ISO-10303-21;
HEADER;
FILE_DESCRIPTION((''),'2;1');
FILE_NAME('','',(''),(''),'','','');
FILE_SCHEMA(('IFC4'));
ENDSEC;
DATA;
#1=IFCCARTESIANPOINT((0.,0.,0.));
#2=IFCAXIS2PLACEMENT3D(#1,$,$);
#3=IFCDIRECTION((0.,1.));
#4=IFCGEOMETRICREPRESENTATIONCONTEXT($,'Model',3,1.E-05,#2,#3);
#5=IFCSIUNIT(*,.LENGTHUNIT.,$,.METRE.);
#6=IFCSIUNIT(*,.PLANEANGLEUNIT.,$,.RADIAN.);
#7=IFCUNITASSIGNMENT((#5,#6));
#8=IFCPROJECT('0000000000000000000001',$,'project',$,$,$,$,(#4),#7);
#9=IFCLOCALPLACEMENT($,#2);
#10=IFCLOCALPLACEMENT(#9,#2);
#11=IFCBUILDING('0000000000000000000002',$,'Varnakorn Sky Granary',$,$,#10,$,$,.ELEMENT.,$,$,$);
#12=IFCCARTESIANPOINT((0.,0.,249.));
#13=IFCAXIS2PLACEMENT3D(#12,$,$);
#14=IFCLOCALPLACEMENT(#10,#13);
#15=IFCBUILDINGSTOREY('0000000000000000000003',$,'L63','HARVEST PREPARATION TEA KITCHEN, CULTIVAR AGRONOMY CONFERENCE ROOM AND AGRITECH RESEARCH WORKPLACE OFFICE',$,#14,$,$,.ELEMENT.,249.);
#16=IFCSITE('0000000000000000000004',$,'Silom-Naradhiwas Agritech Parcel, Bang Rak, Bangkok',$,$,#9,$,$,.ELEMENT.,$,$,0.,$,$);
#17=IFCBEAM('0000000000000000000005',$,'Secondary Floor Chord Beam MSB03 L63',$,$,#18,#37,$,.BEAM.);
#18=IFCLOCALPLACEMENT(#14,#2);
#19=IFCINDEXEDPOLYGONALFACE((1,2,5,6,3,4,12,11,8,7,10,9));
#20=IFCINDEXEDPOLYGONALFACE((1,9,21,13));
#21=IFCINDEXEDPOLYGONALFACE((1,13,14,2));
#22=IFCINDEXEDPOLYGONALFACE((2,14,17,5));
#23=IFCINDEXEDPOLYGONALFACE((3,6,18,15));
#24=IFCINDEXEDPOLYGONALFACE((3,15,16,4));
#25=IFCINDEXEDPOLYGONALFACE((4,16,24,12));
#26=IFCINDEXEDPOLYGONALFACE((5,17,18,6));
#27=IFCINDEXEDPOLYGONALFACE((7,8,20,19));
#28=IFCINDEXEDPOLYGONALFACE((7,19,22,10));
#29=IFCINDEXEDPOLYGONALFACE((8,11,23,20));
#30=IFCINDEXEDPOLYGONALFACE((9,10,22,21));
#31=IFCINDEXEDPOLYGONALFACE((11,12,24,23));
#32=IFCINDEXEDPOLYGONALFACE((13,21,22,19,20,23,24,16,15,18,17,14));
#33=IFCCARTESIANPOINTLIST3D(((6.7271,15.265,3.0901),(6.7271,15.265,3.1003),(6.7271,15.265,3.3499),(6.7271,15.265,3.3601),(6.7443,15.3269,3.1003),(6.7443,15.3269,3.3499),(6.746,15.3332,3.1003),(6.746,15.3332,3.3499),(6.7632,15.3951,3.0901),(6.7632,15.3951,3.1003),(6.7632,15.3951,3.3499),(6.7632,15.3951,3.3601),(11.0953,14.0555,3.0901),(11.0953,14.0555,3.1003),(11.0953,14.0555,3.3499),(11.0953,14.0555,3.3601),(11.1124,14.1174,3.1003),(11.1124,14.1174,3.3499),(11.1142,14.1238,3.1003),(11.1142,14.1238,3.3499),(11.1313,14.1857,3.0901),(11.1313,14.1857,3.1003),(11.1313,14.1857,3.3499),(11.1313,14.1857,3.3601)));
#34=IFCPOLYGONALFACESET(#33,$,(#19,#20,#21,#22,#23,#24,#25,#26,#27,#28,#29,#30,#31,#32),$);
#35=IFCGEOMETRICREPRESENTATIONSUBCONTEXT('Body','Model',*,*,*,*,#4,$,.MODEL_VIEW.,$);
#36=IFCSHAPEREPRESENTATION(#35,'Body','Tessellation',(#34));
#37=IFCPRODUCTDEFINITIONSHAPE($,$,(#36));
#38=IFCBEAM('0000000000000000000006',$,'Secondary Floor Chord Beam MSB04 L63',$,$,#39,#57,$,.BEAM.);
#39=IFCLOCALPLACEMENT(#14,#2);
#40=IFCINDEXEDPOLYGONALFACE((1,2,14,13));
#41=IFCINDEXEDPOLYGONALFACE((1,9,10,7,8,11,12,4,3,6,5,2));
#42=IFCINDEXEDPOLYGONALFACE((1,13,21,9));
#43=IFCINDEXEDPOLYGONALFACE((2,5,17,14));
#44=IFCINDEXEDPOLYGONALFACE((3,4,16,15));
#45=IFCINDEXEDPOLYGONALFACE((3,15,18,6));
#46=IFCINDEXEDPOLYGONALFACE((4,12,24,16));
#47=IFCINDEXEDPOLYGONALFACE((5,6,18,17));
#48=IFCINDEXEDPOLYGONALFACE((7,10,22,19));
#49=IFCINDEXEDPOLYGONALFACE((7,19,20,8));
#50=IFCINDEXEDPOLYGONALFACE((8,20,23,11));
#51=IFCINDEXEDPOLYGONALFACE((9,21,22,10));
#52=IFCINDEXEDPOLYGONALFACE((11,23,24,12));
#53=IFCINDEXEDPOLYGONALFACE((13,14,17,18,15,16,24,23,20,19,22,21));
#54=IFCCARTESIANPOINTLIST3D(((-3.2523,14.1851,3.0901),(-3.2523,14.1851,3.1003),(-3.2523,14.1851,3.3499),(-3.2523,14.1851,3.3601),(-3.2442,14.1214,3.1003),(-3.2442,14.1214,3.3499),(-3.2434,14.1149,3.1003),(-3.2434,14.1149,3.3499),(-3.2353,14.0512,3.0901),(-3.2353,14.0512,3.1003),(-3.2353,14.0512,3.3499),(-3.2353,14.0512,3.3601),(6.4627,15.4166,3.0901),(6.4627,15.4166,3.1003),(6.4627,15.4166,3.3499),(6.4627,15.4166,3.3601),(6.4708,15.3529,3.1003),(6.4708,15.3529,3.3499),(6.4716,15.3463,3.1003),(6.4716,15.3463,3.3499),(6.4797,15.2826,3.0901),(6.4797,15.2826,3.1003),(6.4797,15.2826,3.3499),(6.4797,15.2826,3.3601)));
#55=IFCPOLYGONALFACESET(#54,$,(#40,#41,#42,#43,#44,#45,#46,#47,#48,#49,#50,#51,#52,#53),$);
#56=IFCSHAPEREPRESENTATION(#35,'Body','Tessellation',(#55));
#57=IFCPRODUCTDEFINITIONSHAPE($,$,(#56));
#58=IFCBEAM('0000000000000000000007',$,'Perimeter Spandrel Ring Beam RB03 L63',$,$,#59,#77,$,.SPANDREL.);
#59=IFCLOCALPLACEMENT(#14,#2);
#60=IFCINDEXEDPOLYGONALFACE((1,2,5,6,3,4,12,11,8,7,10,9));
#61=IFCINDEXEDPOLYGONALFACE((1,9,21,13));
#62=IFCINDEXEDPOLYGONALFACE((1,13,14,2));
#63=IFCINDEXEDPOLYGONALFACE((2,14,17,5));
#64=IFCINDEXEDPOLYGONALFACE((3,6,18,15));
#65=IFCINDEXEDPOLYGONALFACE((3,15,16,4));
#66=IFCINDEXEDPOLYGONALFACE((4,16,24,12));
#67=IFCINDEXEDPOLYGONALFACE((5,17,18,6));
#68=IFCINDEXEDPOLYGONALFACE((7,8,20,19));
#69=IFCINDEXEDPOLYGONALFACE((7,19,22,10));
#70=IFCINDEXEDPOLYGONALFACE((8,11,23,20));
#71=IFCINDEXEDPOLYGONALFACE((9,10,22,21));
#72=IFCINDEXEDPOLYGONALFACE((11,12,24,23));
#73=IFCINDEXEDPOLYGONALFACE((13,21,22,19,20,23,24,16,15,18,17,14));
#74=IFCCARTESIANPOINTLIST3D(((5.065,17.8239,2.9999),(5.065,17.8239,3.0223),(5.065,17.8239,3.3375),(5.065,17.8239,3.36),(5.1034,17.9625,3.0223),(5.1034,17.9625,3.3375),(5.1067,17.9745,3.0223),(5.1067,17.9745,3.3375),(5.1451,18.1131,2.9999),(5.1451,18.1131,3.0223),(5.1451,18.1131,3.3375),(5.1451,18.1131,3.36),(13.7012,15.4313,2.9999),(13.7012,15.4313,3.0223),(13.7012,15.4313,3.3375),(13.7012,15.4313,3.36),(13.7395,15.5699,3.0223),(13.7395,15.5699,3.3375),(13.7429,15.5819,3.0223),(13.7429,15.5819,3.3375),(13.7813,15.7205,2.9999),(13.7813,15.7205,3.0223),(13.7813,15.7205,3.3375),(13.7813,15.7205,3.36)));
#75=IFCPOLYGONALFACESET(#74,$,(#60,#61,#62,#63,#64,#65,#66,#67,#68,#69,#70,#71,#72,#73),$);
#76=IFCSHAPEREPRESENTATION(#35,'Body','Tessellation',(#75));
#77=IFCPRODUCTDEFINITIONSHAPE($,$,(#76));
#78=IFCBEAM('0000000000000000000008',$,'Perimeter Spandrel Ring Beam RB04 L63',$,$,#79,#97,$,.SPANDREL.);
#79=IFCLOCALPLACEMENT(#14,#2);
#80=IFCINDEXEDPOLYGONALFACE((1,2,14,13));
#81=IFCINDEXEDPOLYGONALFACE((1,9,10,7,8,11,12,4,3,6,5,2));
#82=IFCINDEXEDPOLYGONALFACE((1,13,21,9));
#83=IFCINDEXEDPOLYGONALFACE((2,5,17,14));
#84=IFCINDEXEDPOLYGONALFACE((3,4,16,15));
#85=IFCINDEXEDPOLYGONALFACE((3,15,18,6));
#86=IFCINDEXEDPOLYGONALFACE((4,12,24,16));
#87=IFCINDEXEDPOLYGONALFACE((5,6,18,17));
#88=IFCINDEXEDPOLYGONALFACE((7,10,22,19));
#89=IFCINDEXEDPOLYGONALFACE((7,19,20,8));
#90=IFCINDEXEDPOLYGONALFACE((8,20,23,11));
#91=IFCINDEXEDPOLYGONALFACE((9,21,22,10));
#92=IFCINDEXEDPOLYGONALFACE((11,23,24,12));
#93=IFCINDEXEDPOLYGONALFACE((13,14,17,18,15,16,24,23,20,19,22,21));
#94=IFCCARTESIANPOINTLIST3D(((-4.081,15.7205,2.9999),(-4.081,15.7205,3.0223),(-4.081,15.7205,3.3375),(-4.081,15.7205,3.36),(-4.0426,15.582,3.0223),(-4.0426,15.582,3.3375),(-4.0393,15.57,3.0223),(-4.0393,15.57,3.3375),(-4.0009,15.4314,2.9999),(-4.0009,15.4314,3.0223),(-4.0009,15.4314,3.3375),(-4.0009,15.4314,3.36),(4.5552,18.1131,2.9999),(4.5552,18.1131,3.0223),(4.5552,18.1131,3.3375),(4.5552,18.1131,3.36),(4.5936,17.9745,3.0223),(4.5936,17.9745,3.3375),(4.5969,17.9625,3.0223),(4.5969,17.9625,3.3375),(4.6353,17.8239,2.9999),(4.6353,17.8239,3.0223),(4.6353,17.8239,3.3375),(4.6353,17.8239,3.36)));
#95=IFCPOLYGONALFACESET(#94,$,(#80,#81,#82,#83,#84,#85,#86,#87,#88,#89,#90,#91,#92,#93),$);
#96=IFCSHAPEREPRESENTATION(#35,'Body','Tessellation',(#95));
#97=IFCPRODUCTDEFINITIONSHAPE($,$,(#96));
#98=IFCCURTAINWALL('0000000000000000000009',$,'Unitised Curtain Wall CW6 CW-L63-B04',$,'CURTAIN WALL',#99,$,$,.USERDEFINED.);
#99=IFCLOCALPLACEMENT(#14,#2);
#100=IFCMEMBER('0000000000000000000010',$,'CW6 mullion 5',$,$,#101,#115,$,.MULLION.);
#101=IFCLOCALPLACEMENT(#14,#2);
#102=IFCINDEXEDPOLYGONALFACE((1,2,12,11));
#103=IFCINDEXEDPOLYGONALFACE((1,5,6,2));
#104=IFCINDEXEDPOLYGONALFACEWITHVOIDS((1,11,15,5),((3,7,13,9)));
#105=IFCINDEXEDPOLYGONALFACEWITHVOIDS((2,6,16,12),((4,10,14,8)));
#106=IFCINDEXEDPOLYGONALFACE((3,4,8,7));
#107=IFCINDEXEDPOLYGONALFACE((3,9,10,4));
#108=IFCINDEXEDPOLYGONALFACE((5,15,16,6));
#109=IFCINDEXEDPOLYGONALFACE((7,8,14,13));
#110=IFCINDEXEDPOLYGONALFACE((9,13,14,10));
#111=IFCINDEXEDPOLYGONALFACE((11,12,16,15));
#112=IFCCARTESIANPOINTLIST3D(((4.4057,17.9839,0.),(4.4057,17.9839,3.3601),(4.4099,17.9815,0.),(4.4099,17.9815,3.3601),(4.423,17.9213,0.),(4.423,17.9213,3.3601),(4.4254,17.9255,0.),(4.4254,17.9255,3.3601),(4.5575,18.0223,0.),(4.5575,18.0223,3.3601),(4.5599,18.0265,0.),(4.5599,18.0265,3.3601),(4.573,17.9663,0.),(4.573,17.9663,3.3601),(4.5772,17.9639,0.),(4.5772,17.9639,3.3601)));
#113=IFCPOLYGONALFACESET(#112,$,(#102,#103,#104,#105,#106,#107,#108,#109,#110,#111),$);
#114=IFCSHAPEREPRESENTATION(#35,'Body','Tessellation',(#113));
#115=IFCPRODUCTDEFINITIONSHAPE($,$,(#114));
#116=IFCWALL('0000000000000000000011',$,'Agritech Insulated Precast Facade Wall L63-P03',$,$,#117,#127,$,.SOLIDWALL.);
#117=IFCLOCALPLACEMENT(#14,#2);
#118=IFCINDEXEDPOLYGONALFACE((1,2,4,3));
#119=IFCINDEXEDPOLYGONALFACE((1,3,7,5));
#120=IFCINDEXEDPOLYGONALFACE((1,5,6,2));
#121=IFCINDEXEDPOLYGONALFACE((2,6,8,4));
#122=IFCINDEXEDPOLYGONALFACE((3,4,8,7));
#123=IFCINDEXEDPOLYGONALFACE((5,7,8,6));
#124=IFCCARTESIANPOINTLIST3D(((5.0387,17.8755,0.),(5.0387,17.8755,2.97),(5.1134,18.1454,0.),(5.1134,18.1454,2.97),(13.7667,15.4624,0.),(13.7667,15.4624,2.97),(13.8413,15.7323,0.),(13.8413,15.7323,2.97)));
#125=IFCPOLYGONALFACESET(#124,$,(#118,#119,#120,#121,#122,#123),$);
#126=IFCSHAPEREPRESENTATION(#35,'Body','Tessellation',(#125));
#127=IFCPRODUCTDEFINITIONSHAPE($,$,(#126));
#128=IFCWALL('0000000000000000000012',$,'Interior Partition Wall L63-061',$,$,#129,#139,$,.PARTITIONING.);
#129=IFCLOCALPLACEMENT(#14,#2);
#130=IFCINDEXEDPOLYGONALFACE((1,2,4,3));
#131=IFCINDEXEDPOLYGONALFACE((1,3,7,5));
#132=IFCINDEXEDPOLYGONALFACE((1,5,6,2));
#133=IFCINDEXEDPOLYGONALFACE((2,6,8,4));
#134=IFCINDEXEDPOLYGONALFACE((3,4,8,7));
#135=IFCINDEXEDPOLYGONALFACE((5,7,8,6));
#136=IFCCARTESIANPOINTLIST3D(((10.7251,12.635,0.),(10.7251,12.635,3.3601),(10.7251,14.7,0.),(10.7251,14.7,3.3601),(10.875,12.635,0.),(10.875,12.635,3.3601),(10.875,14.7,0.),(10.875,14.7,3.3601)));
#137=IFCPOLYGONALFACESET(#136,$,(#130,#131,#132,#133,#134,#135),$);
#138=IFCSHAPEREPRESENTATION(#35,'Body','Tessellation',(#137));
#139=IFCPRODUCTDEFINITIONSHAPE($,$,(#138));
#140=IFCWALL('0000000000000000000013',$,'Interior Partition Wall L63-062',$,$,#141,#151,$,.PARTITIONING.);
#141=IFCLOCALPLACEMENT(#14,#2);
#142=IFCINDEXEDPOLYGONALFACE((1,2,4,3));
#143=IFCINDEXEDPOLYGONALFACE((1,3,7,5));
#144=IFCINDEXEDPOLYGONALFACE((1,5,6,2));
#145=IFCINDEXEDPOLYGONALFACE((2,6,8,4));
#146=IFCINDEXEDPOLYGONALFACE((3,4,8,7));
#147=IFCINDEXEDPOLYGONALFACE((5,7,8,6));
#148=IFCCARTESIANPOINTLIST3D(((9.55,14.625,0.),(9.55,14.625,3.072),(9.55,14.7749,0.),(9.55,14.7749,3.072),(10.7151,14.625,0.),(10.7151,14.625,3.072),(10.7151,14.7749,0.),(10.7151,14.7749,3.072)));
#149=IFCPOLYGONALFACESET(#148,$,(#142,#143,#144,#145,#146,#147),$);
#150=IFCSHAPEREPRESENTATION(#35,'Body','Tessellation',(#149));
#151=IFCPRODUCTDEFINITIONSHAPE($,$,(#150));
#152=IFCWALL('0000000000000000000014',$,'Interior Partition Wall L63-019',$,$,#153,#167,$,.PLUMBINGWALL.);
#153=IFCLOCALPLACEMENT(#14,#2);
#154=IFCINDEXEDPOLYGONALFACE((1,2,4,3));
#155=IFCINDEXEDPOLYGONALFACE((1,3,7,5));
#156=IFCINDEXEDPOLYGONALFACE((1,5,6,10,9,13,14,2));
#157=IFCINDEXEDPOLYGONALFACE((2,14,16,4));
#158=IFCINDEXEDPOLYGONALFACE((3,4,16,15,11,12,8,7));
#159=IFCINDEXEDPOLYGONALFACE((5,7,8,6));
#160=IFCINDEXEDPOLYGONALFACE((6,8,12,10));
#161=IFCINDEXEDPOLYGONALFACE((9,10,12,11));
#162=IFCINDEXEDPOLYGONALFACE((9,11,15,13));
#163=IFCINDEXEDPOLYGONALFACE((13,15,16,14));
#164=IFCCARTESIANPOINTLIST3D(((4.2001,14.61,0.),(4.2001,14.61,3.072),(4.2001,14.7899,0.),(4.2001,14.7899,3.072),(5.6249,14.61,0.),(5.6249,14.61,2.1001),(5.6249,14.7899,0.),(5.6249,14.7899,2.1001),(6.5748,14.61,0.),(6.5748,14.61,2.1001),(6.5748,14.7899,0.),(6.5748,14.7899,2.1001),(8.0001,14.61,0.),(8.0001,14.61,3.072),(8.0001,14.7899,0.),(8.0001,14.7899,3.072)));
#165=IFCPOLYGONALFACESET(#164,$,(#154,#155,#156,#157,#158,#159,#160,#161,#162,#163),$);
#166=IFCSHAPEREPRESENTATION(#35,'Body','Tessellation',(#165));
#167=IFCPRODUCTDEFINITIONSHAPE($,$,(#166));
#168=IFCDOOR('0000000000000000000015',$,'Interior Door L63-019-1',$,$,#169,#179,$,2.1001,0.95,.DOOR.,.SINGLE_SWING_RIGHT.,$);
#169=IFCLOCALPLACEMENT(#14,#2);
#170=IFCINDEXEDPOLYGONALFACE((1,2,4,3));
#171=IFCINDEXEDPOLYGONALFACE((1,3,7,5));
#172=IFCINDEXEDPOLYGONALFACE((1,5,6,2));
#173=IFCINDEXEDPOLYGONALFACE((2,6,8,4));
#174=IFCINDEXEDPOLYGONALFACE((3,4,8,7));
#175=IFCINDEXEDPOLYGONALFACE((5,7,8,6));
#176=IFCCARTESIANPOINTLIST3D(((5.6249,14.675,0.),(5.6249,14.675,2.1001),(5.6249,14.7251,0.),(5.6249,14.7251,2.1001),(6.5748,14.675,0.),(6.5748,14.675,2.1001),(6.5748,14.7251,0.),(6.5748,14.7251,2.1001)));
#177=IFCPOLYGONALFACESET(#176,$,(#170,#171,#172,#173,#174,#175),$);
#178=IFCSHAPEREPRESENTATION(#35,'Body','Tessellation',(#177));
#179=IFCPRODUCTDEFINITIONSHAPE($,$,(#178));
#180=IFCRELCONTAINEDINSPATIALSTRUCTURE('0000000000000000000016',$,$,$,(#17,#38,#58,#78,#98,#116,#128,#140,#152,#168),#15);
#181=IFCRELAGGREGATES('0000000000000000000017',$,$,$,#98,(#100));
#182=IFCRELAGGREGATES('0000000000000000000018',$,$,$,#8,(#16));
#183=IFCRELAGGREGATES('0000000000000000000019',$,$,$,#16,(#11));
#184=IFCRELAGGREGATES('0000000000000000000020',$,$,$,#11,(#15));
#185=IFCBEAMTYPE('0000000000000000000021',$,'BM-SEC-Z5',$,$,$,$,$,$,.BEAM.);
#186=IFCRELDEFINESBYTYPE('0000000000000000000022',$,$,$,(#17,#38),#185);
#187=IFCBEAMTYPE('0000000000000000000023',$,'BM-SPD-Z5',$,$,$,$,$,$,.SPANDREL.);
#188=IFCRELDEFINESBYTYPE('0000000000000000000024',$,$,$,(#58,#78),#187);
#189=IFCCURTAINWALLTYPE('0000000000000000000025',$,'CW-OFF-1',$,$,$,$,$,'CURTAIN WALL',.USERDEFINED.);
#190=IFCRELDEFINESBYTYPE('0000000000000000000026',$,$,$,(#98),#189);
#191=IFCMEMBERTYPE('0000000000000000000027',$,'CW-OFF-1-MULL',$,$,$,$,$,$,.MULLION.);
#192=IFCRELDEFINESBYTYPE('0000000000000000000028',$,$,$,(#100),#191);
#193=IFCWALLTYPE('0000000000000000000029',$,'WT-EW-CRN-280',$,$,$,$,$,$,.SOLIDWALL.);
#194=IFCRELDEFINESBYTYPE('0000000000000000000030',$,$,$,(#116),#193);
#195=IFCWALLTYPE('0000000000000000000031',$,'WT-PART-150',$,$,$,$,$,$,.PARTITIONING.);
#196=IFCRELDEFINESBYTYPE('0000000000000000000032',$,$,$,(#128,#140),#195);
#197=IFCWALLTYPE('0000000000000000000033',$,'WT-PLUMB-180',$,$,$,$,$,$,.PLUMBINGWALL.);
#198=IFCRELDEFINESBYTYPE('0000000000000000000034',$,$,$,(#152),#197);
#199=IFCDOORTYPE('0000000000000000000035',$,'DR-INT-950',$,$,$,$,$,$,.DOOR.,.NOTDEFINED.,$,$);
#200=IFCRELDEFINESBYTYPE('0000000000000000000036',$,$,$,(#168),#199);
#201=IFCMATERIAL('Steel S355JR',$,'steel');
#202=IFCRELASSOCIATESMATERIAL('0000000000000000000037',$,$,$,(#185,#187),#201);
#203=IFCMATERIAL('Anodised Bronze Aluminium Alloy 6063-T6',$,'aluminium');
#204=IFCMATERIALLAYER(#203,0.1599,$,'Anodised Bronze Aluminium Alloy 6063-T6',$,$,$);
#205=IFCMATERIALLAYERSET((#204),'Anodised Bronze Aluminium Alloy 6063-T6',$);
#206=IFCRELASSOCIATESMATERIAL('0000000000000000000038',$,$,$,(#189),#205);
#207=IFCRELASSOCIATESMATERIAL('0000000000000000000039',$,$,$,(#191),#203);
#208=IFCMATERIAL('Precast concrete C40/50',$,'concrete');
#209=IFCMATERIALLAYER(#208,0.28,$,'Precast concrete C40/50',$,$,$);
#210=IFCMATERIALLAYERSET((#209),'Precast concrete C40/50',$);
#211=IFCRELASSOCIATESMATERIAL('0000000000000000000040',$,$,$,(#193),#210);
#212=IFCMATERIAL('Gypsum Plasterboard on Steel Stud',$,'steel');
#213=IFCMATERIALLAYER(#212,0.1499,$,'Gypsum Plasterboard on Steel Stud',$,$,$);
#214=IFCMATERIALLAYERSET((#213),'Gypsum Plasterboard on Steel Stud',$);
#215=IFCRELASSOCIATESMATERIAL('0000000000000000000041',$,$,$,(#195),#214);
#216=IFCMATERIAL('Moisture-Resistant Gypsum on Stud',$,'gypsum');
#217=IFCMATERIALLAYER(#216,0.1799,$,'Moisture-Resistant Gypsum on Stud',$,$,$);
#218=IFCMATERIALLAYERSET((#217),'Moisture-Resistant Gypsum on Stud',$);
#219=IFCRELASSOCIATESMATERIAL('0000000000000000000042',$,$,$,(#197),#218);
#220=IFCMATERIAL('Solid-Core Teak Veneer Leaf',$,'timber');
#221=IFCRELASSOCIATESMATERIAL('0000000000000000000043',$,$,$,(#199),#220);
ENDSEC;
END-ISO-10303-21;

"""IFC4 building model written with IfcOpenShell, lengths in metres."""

from ifc_helpers import new_model, si_unit, direction, frame, frame_2d, origin, origin_2d, place, context, subcontext, project, spatial, rectangle, hollow_rectangle, i_section, extrude, material, layer, layer_set, material_profile, profile_set, type_object, element, fill, aggregate, save


model = new_model("IFC4")

# Units and contexts
model_context = context("Model", 3, precision=1e-05, world=origin(), true_north=direction((0.0, 1.0)))
body_context = subcontext(model_context, "Body", "Model", "MODEL_VIEW")
ifc_project = project(units=[si_unit("LENGTHUNIT", "METRE"), si_unit("PLANEANGLEUNIT", "RADIAN")], contexts=[model_context])

# Site, building, storey
site_placement = place(None, origin())
site = spatial("IfcSite", under=ifc_project, at=site_placement, Name="Silom-Naradhiwas Agritech Parcel, Bang Rak, Bangkok", CompositionType="ELEMENT", RefElevation=0.0)
building_placement = place(site_placement, origin())
building = spatial("IfcBuilding", under=site, at=building_placement, Name="Varnakorn Sky Granary", CompositionType="ELEMENT")
storey_placement = place(building_placement, frame((0.0, 0.0, 249.0)))
storey = spatial("IfcBuildingStorey", under=building, at=storey_placement, Name="L63", Description="HARVEST PREPARATION TEA KITCHEN, CULTIVAR AGRONOMY CONFERENCE ROOM AND AGRITECH RESEARCH WORKPLACE OFFICE", CompositionType="ELEMENT", Elevation=249.0)

# Beams
ifc_material_1 = material(Name="Steel S355JR", Category="steel")
ifc_material_profile_1 = material_profile(ifc_material_1, i_section(OverallWidth=0.135, OverallDepth=0.27, WebThickness=0.0066, FlangeThickness=0.0103, at=origin_2d()), Name="IPE 270")
ifc_profile_set_1 = profile_set([ifc_material_profile_1], Name="Steel S355JR")
beam_type_1 = type_object("IfcBeamType", Name="BM-SEC-Z5", PredefinedType="BEAM", material=ifc_profile_set_1)
beam_1_placement = place(storey_placement, frame((11.1133, 14.1206, 3.2251), z_axis=(-0.96374, 0.266844, 0.0), x_axis=(-0.266844, -0.96374, 0.0)))
element("IfcBeam", 1, at=beam_1_placement, inside=storey, type_object=beam_type_1, Name="Secondary Floor Chord Beam MSB03 L63", PredefinedType="BEAM", context=body_context, shape_type="SweptSolid", body=[
    extrude(i_section(OverallWidth=0.135, OverallDepth=0.27, WebThickness=0.0066, FlangeThickness=0.0103, at=origin_2d()), origin(), (0.0, 0.0, 1.0), 4.5325),
])
beam_2_placement = place(storey_placement, frame((6.4712, 15.3496, 3.2251), z_axis=(-0.992062, -0.12575, 0.0), x_axis=(0.12575, -0.992062, 0.0)))
element("IfcBeam", 2, at=beam_2_placement, inside=storey, type_object=beam_type_1, Name="Secondary Floor Chord Beam MSB04 L63", PredefinedType="BEAM", context=body_context, shape_type="SweptSolid", body=[
    extrude(i_section(OverallWidth=0.135, OverallDepth=0.27, WebThickness=0.0066, FlangeThickness=0.0103, at=origin_2d()), origin(), (0.0, 0.0, 1.0), 9.7927),
])
ifc_material_profile_2 = material_profile(ifc_material_1, i_section(OverallWidth=0.3, OverallDepth=0.3601, WebThickness=0.0125, FlangeThickness=0.0225, at=origin_2d()), Name="HE 360 B")
ifc_profile_set_2 = profile_set([ifc_material_profile_2], Name="Steel S355JR")
beam_type_2 = type_object("IfcBeamType", Name="BM-SPD-Z5", PredefinedType="SPANDREL", material=ifc_profile_set_2)
for number, where, z_axis, x_axis, name in (
    (3, (13.7412, 15.5759, 3.1799), (-0.963701, 0.266983, 0.0), (-0.266983, -0.963701, 0.0), "Perimeter Spandrel Ring Beam RB03 L63"),
    (4, (4.5952, 17.9685, 3.1799), (-0.963701, -0.266983, 0.0), (0.266983, -0.963701, 0.0), "Perimeter Spandrel Ring Beam RB04 L63"),
):
    element("IfcBeam", number, at=place(storey_placement, frame(where, z_axis=z_axis, x_axis=x_axis)), inside=storey, type_object=beam_type_2, Name=name, PredefinedType="SPANDREL", context=body_context, shape_type="SweptSolid", body=[
        extrude(i_section(OverallWidth=0.3, OverallDepth=0.3601, WebThickness=0.0125, FlangeThickness=0.0225, at=origin_2d()), origin(), (0.0, 0.0, 1.0), 8.9614),
    ])

# Curtain wall, member
ifc_material_2 = material(Name="Anodised Bronze Aluminium Alloy 6063-T6", Category="aluminium")
ifc_layer_1 = layer(ifc_material_2, 0.1599, Name="Anodised Bronze Aluminium Alloy 6063-T6")
ifc_layer_set_1 = layer_set([ifc_layer_1], Name="Anodised Bronze Aluminium Alloy 6063-T6")
curtain_wall_type = type_object("IfcCurtainWallType", Name="CW-OFF-1", ElementType="CURTAIN WALL", PredefinedType="USERDEFINED", material=ifc_layer_set_1)
curtain_wall_placement = place(storey_placement, origin())
curtain_wall = element("IfcCurtainWall", 5, at=curtain_wall_placement, inside=storey, type_object=curtain_wall_type, Name="Unitised Curtain Wall CW6 CW-L63-B04", ObjectType="CURTAIN WALL", PredefinedType="USERDEFINED")
ifc_material_profile_3 = material_profile(ifc_material_2, hollow_rectangle(XDim=0.0649, YDim=0.1599, WallThickness=0.0034, at=origin_2d()), Name="ALU MULL 65x160")
ifc_profile_set_3 = profile_set([ifc_material_profile_3], Name="Anodised Bronze Aluminium Alloy 6063-T6")
member_type = type_object("IfcMemberType", Name="CW-OFF-1-MULL", PredefinedType="MULLION", material=ifc_profile_set_3)
member_placement = place(storey_placement, frame((4.4915, 17.9739, 0.0), z_axis=(0.0, 0.0, 1.0), x_axis=(-0.266487, 0.963839, 0.0)))
member = element("IfcMember", 6, at=member_placement, type_object=member_type, Name="CW6 mullion 5", PredefinedType="MULLION", context=body_context, shape_type="SweptSolid", body=[
    extrude(hollow_rectangle(XDim=0.0649, YDim=0.1599, WallThickness=0.0034, at=origin_2d()), origin(), (0.0, 0.0, 1.0), 3.3601),
])
aggregate(curtain_wall, [member])

# Walls
ifc_material_3 = material(Name="Precast concrete C40/50", Category="concrete")
ifc_layer_2 = layer(ifc_material_3, 0.28, Name="Precast concrete C40/50")
ifc_layer_set_2 = layer_set([ifc_layer_2], Name="Precast concrete C40/50")
wall_type_1 = type_object("IfcWallType", Name="WT-EW-CRN-280", PredefinedType="SOLIDWALL", material=ifc_layer_set_2)
wall_1_placement = place(storey_placement, frame((5.0759, 18.0105, 0.0), z_axis=(0.0, 0.0, 1.0), x_axis=(0.963841, -0.266478, 0.0)))
element("IfcWall", 7, at=wall_1_placement, inside=storey, type_object=wall_type_1, Name="Agritech Insulated Precast Facade Wall L63-P03", PredefinedType="SOLIDWALL", context=body_context, shape_type="SweptSolid", body=[
    extrude(rectangle(XDim=9.0554, YDim=0.28, at=frame_2d((4.5278, 0.0))), origin(), (0.0, 0.0, 1.0), 2.97),
])
ifc_material_4 = material(Name="Gypsum Plasterboard on Steel Stud", Category="steel")
ifc_layer_3 = layer(ifc_material_4, 0.1499, Name="Gypsum Plasterboard on Steel Stud")
ifc_layer_set_3 = layer_set([ifc_layer_3], Name="Gypsum Plasterboard on Steel Stud")
wall_type_2 = type_object("IfcWallType", Name="WT-PART-150", PredefinedType="PARTITIONING", material=ifc_layer_set_3)
wall_2_placement = place(storey_placement, frame((10.8, 12.635, 0.0), z_axis=(0.0, 0.0, 1.0), x_axis=(0.0, 1.0, 0.0)))
element("IfcWall", 8, at=wall_2_placement, inside=storey, type_object=wall_type_2, Name="Interior Partition Wall L63-061", PredefinedType="PARTITIONING", context=body_context, shape_type="SweptSolid", body=[
    extrude(rectangle(XDim=2.0649, YDim=0.1499, at=frame_2d((1.0325, 0.0))), origin(), (0.0, 0.0, 1.0), 3.3601),
])
wall_3_placement = place(storey_placement, frame((10.7151, 14.7, 0.0), z_axis=(0.0, 0.0, 1.0), x_axis=(-1.0, 0.0, 0.0)))
element("IfcWall", 9, at=wall_3_placement, inside=storey, type_object=wall_type_2, Name="Interior Partition Wall L63-062", PredefinedType="PARTITIONING", context=body_context, shape_type="SweptSolid", body=[
    extrude(rectangle(XDim=1.165, YDim=0.1499, at=frame_2d((0.5825, 0.0))), origin(), (0.0, 0.0, 1.0), 3.072),
])

# Wall, opening, door
ifc_material_5 = material(Name="Moisture-Resistant Gypsum on Stud", Category="gypsum")
ifc_layer_4 = layer(ifc_material_5, 0.1799, Name="Moisture-Resistant Gypsum on Stud")
ifc_layer_set_4 = layer_set([ifc_layer_4], Name="Moisture-Resistant Gypsum on Stud")
wall_type_3 = type_object("IfcWallType", Name="WT-PLUMB-180", PredefinedType="PLUMBINGWALL", material=ifc_layer_set_4)
wall_4_placement = place(storey_placement, frame((8.0, 14.7, 0.0), z_axis=(0.0, 0.0, 1.0), x_axis=(-1.0, 0.0, 0.0)))
wall_4 = element("IfcWall", 10, at=wall_4_placement, inside=storey, type_object=wall_type_3, Name="Interior Partition Wall L63-019", PredefinedType="PLUMBINGWALL", context=body_context, shape_type="SweptSolid", body=[
    extrude(rectangle(XDim=3.8, YDim=0.1799, at=frame_2d((1.8999, 0.0))), origin(), (0.0, 0.0, 1.0), 3.072),
])
opening_placement = place(wall_4_placement, frame((1.425, 0.0, 0.0)))
opening = element("IfcOpeningElement", 11, at=opening_placement, cuts=wall_4, PredefinedType="OPENING", context=body_context, shape_type="SweptSolid", body=[
    extrude(rectangle(XDim=0.95, YDim=2.1001, at=frame_2d((0.4751, 1.05))), frame((0.0, 0.1001, 0.0), z_axis=(0.0, -1.0, 0.0), x_axis=(1.0, 0.0, 0.0)), (0.0, 0.0, 1.0), 0.2),
])
ifc_material_6 = material(Name="Solid-Core Teak Veneer Leaf", Category="timber")
door_type = type_object("IfcDoorType", Name="DR-INT-950", OperationType="NOTDEFINED", PredefinedType="DOOR", material=ifc_material_6)
door_placement = place(opening_placement, origin())
door = element("IfcDoor", 12, at=door_placement, inside=storey, type_object=door_type, Name="Interior Door L63-019-1", OperationType="SINGLE_SWING_RIGHT", OverallHeight=2.1001, OverallWidth=0.95, PredefinedType="DOOR", context=body_context, shape_type="SweptSolid", body=[
    extrude(rectangle(XDim=0.95, YDim=2.1001, at=frame_2d((0.4751, 1.05))), frame((0.0, 0.0249, 0.0), z_axis=(0.0, -1.0, 0.0), x_axis=(1.0, 0.0, 0.0)), (0.0, 0.0, 1.0), 0.05),
])
fill(opening, door)

save(model, "model.ifc")
